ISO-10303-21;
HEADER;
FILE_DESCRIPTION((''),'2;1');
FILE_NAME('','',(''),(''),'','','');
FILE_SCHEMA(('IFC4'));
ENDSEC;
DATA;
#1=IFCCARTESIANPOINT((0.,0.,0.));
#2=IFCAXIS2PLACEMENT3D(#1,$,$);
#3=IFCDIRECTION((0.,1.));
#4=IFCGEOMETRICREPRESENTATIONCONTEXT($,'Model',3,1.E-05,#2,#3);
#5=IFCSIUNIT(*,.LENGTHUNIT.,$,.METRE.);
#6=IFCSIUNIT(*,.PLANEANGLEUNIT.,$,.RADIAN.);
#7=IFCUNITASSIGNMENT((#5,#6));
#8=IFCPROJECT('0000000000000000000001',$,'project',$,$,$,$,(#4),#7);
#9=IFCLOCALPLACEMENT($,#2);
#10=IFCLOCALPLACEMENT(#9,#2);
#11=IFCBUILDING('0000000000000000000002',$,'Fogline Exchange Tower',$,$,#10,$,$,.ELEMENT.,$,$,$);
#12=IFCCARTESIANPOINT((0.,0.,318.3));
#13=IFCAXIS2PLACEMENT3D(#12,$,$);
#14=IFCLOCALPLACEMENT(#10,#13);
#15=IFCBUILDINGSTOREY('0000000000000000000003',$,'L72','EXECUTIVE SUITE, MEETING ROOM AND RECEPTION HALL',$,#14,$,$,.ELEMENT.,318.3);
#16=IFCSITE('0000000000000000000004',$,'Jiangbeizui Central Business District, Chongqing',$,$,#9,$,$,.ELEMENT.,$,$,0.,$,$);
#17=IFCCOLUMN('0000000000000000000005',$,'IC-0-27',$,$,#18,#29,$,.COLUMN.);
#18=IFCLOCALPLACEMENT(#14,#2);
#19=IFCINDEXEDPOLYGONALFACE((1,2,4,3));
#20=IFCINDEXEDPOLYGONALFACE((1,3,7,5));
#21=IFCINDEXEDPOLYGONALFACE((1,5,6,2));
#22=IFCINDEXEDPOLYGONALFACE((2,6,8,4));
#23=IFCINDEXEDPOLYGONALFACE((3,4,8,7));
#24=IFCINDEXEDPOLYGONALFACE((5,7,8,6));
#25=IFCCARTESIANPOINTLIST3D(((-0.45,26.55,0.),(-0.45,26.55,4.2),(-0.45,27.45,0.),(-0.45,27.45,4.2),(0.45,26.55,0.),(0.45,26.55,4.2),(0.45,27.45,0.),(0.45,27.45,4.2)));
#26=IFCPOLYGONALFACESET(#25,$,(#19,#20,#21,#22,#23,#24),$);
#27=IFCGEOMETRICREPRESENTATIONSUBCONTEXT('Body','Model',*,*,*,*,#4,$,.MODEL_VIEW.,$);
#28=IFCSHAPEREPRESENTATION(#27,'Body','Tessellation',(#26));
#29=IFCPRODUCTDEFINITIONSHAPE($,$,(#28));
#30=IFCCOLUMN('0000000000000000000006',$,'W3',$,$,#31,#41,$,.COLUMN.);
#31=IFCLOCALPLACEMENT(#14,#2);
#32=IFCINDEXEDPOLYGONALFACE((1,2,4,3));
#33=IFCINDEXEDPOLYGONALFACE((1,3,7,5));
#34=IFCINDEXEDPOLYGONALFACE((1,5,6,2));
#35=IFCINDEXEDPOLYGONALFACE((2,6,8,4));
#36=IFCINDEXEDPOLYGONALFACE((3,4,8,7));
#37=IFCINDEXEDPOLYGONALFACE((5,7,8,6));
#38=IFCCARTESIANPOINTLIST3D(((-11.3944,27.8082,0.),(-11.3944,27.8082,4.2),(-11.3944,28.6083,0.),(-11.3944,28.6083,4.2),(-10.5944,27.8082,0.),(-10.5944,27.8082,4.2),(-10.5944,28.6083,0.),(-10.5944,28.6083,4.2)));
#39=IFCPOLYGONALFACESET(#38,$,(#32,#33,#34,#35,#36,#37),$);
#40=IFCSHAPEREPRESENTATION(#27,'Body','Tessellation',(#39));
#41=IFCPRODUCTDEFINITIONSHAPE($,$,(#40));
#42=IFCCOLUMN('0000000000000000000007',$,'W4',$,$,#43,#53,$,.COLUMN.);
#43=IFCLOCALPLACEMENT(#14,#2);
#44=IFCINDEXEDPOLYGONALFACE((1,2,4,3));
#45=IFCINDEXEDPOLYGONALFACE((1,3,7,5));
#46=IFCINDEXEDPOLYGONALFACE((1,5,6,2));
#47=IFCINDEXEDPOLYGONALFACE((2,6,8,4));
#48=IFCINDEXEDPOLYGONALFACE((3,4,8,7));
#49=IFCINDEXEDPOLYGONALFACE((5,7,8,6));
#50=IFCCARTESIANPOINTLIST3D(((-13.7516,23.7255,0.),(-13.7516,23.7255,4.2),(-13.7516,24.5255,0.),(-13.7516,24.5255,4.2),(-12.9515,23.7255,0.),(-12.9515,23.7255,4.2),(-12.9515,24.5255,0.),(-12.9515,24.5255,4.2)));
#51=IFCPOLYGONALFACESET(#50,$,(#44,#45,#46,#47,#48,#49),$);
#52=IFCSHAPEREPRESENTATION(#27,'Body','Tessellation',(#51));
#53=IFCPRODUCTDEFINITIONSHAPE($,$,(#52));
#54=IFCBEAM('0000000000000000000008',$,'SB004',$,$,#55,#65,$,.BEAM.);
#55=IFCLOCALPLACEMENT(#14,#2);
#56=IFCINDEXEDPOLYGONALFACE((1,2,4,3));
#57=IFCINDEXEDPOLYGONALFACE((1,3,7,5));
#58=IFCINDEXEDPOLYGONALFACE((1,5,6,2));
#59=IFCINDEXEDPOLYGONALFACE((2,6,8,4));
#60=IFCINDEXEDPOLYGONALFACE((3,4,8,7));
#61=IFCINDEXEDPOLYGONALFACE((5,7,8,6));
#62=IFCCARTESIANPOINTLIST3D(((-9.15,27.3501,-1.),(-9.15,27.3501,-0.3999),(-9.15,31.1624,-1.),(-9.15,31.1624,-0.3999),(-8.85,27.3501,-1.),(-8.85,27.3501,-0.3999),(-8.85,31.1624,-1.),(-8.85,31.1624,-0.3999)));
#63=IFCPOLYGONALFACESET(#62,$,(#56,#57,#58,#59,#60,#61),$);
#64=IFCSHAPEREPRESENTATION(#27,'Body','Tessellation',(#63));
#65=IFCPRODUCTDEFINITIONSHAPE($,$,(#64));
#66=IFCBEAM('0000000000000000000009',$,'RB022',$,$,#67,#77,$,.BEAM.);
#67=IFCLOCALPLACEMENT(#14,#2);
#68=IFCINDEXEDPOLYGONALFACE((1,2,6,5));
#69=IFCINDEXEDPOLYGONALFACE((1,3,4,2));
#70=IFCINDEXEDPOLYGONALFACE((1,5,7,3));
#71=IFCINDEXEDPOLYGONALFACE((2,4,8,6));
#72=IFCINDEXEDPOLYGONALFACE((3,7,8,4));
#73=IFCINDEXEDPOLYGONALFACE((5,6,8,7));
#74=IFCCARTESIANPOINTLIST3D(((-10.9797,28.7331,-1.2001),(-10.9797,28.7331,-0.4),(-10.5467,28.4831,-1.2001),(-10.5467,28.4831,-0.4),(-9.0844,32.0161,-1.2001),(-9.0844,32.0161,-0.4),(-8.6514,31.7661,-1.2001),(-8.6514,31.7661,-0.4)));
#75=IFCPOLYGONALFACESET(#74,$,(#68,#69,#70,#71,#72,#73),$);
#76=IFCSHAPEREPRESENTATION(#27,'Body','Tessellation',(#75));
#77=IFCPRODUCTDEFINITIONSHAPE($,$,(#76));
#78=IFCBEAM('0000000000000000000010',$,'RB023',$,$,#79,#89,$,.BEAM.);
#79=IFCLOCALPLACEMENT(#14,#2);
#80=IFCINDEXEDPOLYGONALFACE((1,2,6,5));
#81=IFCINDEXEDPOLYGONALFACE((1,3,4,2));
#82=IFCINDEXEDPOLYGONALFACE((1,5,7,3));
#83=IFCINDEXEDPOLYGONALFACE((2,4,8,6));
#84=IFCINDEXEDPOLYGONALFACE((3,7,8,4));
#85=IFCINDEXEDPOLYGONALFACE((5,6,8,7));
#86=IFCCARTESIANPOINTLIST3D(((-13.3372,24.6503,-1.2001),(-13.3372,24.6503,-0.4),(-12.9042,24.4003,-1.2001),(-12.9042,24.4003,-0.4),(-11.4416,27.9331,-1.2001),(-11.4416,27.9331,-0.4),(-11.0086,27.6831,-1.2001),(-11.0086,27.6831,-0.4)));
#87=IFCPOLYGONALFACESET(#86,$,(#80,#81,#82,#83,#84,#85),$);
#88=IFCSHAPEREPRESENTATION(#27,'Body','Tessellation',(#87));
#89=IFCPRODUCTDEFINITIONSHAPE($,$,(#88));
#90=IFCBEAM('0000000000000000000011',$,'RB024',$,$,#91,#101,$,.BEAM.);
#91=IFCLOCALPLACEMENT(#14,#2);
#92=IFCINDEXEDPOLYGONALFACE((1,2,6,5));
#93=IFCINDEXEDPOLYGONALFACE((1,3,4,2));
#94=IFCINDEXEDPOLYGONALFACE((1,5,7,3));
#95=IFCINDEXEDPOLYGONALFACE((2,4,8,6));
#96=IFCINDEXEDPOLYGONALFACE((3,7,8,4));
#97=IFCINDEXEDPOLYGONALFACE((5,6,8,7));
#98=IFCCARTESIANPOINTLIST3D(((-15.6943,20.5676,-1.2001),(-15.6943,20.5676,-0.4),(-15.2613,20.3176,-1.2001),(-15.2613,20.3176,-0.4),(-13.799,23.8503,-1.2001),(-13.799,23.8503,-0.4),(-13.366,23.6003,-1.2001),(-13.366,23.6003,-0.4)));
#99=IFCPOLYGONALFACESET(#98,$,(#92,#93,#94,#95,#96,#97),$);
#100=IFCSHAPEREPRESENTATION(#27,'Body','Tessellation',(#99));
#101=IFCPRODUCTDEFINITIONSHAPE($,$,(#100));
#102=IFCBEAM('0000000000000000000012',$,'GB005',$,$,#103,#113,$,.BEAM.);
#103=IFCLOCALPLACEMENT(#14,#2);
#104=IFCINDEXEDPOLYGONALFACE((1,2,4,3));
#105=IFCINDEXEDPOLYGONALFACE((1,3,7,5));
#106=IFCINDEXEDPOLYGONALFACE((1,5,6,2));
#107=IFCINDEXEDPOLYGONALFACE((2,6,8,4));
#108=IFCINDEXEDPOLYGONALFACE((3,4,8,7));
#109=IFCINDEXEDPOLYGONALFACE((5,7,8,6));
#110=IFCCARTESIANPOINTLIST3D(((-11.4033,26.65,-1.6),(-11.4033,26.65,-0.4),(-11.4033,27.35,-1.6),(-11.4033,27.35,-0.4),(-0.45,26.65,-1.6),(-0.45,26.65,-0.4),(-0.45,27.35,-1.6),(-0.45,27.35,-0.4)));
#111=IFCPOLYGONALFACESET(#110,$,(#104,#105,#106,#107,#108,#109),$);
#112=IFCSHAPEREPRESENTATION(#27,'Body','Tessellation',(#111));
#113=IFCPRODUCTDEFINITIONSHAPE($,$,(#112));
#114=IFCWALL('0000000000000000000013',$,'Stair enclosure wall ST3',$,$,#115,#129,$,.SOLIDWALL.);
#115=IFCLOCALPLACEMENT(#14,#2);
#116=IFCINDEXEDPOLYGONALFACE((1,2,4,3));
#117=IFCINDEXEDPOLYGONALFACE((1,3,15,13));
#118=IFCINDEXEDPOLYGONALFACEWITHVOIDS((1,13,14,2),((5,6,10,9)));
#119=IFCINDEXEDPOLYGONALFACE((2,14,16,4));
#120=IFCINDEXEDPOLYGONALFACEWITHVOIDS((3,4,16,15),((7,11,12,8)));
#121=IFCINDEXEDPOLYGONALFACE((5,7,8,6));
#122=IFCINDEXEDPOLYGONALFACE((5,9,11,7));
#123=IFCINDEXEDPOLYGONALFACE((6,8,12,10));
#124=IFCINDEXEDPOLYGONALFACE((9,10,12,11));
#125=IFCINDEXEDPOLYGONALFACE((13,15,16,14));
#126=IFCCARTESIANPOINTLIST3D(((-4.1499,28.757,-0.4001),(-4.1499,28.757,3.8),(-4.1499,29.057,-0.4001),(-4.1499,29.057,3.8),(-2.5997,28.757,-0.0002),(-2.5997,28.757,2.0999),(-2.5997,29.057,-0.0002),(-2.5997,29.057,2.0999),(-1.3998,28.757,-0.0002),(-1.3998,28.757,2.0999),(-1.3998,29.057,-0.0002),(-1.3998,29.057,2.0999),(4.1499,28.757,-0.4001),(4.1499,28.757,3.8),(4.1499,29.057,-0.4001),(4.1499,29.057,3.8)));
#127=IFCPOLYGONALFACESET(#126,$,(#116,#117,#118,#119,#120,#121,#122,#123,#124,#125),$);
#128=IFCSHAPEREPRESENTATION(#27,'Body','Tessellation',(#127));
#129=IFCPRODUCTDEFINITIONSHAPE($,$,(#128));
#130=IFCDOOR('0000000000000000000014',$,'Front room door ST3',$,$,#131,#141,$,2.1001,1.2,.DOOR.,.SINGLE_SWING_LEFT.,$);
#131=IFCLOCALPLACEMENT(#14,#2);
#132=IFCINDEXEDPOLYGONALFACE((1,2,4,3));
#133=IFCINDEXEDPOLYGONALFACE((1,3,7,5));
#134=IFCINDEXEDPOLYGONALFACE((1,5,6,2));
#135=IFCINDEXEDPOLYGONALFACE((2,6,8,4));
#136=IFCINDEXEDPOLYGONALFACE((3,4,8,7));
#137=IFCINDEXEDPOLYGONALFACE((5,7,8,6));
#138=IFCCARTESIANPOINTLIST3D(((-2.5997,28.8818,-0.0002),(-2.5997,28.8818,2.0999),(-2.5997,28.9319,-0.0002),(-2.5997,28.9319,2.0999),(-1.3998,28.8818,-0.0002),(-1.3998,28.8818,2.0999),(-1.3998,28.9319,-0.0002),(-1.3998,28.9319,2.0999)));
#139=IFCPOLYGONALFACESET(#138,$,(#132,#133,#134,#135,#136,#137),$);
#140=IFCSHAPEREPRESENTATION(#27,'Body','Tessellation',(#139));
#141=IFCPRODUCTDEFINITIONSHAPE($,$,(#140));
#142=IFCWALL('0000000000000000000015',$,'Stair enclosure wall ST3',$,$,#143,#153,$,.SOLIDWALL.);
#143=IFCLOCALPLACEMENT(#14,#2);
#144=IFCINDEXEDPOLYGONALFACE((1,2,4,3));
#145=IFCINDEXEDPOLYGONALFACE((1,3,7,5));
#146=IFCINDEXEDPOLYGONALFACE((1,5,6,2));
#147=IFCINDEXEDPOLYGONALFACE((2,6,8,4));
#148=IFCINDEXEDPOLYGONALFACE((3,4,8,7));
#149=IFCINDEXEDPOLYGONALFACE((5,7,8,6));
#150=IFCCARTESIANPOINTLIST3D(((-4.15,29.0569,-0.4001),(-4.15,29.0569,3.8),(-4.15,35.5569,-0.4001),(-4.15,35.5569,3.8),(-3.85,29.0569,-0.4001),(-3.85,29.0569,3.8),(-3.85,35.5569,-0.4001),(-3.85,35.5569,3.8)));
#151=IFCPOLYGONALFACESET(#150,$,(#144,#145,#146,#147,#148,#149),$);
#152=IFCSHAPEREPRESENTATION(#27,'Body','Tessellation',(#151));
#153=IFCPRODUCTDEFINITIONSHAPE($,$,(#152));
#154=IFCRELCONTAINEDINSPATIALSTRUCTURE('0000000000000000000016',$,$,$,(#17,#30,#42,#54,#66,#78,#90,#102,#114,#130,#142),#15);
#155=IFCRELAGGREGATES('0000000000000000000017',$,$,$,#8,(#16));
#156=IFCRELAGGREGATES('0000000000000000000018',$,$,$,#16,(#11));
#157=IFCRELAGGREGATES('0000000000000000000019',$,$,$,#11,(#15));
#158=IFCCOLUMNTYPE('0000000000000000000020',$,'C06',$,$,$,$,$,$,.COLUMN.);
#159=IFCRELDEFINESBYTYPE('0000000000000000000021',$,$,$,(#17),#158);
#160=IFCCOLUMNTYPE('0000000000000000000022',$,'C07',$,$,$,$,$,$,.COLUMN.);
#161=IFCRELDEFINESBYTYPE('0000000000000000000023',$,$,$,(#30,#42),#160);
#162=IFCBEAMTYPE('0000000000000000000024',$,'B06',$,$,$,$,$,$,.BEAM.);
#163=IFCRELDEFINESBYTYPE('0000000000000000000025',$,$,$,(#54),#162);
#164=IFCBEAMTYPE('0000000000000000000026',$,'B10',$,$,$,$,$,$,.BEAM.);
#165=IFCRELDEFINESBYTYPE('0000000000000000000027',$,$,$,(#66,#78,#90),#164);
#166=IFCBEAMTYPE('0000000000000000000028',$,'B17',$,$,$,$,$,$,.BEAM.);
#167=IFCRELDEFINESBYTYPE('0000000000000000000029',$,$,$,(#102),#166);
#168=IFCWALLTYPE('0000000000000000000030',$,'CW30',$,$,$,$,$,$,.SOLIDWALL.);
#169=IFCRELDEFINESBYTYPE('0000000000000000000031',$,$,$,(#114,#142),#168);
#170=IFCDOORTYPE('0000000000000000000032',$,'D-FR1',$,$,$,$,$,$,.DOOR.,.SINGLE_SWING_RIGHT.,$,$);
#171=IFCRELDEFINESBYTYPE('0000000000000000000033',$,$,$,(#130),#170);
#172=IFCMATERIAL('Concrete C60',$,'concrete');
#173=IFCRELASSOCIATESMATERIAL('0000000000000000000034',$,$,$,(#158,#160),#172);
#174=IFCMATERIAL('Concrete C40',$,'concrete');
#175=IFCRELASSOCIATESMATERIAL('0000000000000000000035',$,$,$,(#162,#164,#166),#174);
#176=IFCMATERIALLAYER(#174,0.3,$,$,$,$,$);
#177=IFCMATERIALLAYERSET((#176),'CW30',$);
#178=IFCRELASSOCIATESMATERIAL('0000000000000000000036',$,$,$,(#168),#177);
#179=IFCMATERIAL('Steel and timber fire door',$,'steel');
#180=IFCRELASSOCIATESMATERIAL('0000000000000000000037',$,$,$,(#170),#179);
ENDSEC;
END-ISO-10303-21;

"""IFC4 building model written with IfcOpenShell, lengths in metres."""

from ifc_helpers import new_model, si_unit, direction, frame, frame_2d, origin, origin_2d, place, context, subcontext, project, spatial, rectangle, extrude, material, layer, layer_set, material_profile, profile_set, type_object, element, fill, save


model = new_model("IFC4")

# Units and contexts
model_context = context("Model", 3, precision=1e-05, world=origin(), true_north=direction((0.0, 1.0)))
body_context = subcontext(model_context, "Body", "Model", "MODEL_VIEW")
ifc_project = project(units=[si_unit("LENGTHUNIT", "METRE"), si_unit("PLANEANGLEUNIT", "RADIAN")], contexts=[model_context])

# Site, building, storey
site_placement = place(None, origin())
site = spatial("IfcSite", under=ifc_project, at=site_placement, Name="Jiangbeizui Central Business District, Chongqing", CompositionType="ELEMENT", RefElevation=0.0)
building_placement = place(site_placement, origin())
building = spatial("IfcBuilding", under=site, at=building_placement, Name="Fogline Exchange Tower", CompositionType="ELEMENT")
storey_placement = place(building_placement, frame((0.0, 0.0, 318.3)))
storey = spatial("IfcBuildingStorey", under=building, at=storey_placement, Name="L72", Description="EXECUTIVE SUITE, MEETING ROOM AND RECEPTION HALL", CompositionType="ELEMENT", Elevation=318.3)

# Columns
ifc_material_1 = material(Name="Concrete C60", Category="concrete")
ifc_material_profile_1 = material_profile(ifc_material_1, rectangle(XDim=0.8999, YDim=0.8999, at=origin_2d()), Name="RC 900x900")
ifc_profile_set_1 = profile_set([ifc_material_profile_1], Name="Concrete C60")
column_type_1 = type_object("IfcColumnType", Name="C06", PredefinedType="COLUMN", material=ifc_profile_set_1)
column_placement = place(storey_placement, frame((0.0, 27.0, 0.0), z_axis=(0.0, 0.0, 1.0), x_axis=(1.0, 0.0, 0.0)))
element("IfcColumn", 1, at=column_placement, inside=storey, type_object=column_type_1, Name="IC-0-27", PredefinedType="COLUMN", context=body_context, shape_type="SweptSolid", body=[
    extrude(rectangle(XDim=0.8999, YDim=0.8999, at=origin_2d()), origin(), (0.0, 0.0, 1.0), 4.2),
])
ifc_material_profile_2 = material_profile(ifc_material_1, rectangle(XDim=0.8, YDim=0.8, at=origin_2d()), Name="RC 800x800")
ifc_profile_set_2 = profile_set([ifc_material_profile_2], Name="Concrete C60")
column_type_2 = type_object("IfcColumnType", Name="C07", PredefinedType="COLUMN", material=ifc_profile_set_2)
for number, where, z_axis, x_axis, name in (
    (2, (-10.9944, 28.2083, 0.0), (0.0, 0.0, 1.0), (1.0, 0.0, 0.0), "W3"),
    (3, (-13.3516, 24.1255, 0.0), (0.0, 0.0, 1.0), (1.0, 0.0, 0.0), "W4"),
):
    element("IfcColumn", number, at=place(storey_placement, frame(where, z_axis=z_axis, x_axis=x_axis)), inside=storey, type_object=column_type_2, Name=name, PredefinedType="COLUMN", context=body_context, shape_type="SweptSolid", body=[
        extrude(rectangle(XDim=0.8, YDim=0.8, at=origin_2d()), origin(), (0.0, 0.0, 1.0), 4.2),
    ])

# Beams
ifc_material_2 = material(Name="Concrete C40", Category="concrete")
ifc_material_profile_3 = material_profile(ifc_material_2, rectangle(XDim=0.3, YDim=0.6001, at=origin_2d()), Name="RC 300x600")
ifc_profile_set_3 = profile_set([ifc_material_profile_3], Name="Concrete C40")
beam_type_1 = type_object("IfcBeamType", Name="B06", PredefinedType="BEAM", material=ifc_profile_set_3)
beam_1_placement = place(storey_placement, frame((-9.0, 27.3501, -0.7), z_axis=(0.0, 1.0, 0.0), x_axis=(-1.0, 0.0, 0.0)))
element("IfcBeam", 4, at=beam_1_placement, inside=storey, type_object=beam_type_1, Name="SB004", PredefinedType="BEAM", context=body_context, shape_type="SweptSolid", body=[
    extrude(rectangle(XDim=0.3, YDim=0.6001, at=origin_2d()), origin(), (0.0, 0.0, 1.0), 3.8123),
])
ifc_material_profile_4 = material_profile(ifc_material_2, rectangle(XDim=0.5, YDim=0.8, at=origin_2d()), Name="RC 500x800")
ifc_profile_set_4 = profile_set([ifc_material_profile_4], Name="Concrete C40")
beam_type_2 = type_object("IfcBeamType", Name="B10", PredefinedType="BEAM", material=ifc_profile_set_4)
for number, where, z_axis, x_axis, name in (
    (5, (-8.8679, 31.8911, -0.8), (-0.49997, -0.866043, 0.0), (0.866043, -0.49997, 0.0), "RB022"),
    (6, (-11.2251, 27.8081, -0.8), (-0.500046, -0.865999, 0.0), (0.865999, -0.500046, 0.0), "RB023"),
):
    element("IfcBeam", number, at=place(storey_placement, frame(where, z_axis=z_axis, x_axis=x_axis)), inside=storey, type_object=beam_type_2, Name=name, PredefinedType="BEAM", context=body_context, shape_type="SweptSolid", body=[
        extrude(rectangle(XDim=0.5, YDim=0.8, at=origin_2d()), origin(), (0.0, 0.0, 1.0), 3.7908),
    ])
beam_2_placement = place(storey_placement, frame((-13.5825, 23.7253, -0.8), z_axis=(-0.499998, -0.866027, 0.0), x_axis=(0.866027, -0.499998, 0.0)))
element("IfcBeam", 7, at=beam_2_placement, inside=storey, type_object=beam_type_2, Name="RB024", PredefinedType="BEAM", context=body_context, shape_type="SweptSolid", body=[
    extrude(rectangle(XDim=0.5, YDim=0.8, at=origin_2d()), origin(), (0.0, 0.0, 1.0), 3.7905),
])
ifc_material_profile_5 = material_profile(ifc_material_2, rectangle(XDim=0.7, YDim=1.2, at=origin_2d()), Name="RC 700x1200")
ifc_profile_set_5 = profile_set([ifc_material_profile_5], Name="Concrete C40")
beam_type_3 = type_object("IfcBeamType", Name="B17", PredefinedType="BEAM", material=ifc_profile_set_5)
beam_3_placement = place(storey_placement, frame((-11.4033, 27.0, -1.0), z_axis=(1.0, 0.0, 0.0), x_axis=(0.0, 1.0, 0.0)))
element("IfcBeam", 8, at=beam_3_placement, inside=storey, type_object=beam_type_3, Name="GB005", PredefinedType="BEAM", context=body_context, shape_type="SweptSolid", body=[
    extrude(rectangle(XDim=0.7, YDim=1.2, at=origin_2d()), origin(), (0.0, 0.0, 1.0), 10.9534),
])

# Wall, opening, door
ifc_layer_1 = layer(ifc_material_2, 0.3)
ifc_layer_set_1 = layer_set([ifc_layer_1], Name="CW30")
wall_type_1 = type_object("IfcWallType", Name="CW30", PredefinedType="SOLIDWALL", material=ifc_layer_set_1)
wall_1_placement = place(storey_placement, frame((-4.1499, 28.907, -0.4001), z_axis=(0.0, 0.0, 1.0), x_axis=(1.0, 0.0, 0.0)))
wall_1 = element("IfcWall", 9, at=wall_1_placement, inside=storey, type_object=wall_type_1, Name="Stair enclosure wall ST3", PredefinedType="SOLIDWALL", context=body_context, shape_type="SweptSolid", body=[
    extrude(rectangle(XDim=8.2998, YDim=0.3, at=frame_2d((4.1499, 0.0))), origin(), (0.0, 0.0, 1.0), 4.2002),
])
opening_1_placement = place(wall_1_placement, frame((1.55, 0.0, 0.3999)))
opening_1 = element("IfcOpeningElement", 10, at=opening_1_placement, cuts=wall_1, PredefinedType="OPENING", context=body_context, shape_type="SweptSolid", body=[
    extrude(rectangle(XDim=1.2, YDim=2.1001, at=frame_2d((0.6001, 1.05))), frame((0.0, 0.1602, 0.0), z_axis=(0.0, -1.0, 0.0), x_axis=(1.0, 0.0, 0.0)), (0.0, 0.0, 1.0), 0.3201),
])
ifc_material_3 = material(Name="Steel and timber fire door", Category="steel")
door_type_1 = type_object("IfcDoorType", Name="D-FR1", OperationType="SINGLE_SWING_RIGHT", PredefinedType="DOOR", material=ifc_material_3)
door_1_placement = place(opening_1_placement, origin())
door_1 = element("IfcDoor", 11, at=door_1_placement, inside=storey, type_object=door_type_1, Name="Front room door ST3", OperationType="SINGLE_SWING_LEFT", OverallHeight=2.1001, OverallWidth=1.2, PredefinedType="DOOR", context=body_context, shape_type="SweptSolid", body=[
    extrude(rectangle(XDim=1.2, YDim=2.1001, at=frame_2d((0.6001, 1.05))), frame((0.0, 0.0249, 0.0), z_axis=(0.0, -1.0, 0.0), x_axis=(1.0, 0.0, 0.0)), (0.0, 0.0, 1.0), 0.05),
])
fill(opening_1, door_1)

# Wall
wall_2_placement = place(storey_placement, frame((-4.0, 29.0569, -0.4001), z_axis=(0.0, 0.0, 1.0), x_axis=(0.0, 1.0, 0.0)))
element("IfcWall", 12, at=wall_2_placement, inside=storey, type_object=wall_type_1, Name="Stair enclosure wall ST3", PredefinedType="SOLIDWALL", context=body_context, shape_type="SweptSolid", body=[
    extrude(rectangle(XDim=6.5, YDim=0.3, at=frame_2d((3.25, 0.0))), origin(), (0.0, 0.0, 1.0), 4.2002),
])

save(model, "model.ifc")
